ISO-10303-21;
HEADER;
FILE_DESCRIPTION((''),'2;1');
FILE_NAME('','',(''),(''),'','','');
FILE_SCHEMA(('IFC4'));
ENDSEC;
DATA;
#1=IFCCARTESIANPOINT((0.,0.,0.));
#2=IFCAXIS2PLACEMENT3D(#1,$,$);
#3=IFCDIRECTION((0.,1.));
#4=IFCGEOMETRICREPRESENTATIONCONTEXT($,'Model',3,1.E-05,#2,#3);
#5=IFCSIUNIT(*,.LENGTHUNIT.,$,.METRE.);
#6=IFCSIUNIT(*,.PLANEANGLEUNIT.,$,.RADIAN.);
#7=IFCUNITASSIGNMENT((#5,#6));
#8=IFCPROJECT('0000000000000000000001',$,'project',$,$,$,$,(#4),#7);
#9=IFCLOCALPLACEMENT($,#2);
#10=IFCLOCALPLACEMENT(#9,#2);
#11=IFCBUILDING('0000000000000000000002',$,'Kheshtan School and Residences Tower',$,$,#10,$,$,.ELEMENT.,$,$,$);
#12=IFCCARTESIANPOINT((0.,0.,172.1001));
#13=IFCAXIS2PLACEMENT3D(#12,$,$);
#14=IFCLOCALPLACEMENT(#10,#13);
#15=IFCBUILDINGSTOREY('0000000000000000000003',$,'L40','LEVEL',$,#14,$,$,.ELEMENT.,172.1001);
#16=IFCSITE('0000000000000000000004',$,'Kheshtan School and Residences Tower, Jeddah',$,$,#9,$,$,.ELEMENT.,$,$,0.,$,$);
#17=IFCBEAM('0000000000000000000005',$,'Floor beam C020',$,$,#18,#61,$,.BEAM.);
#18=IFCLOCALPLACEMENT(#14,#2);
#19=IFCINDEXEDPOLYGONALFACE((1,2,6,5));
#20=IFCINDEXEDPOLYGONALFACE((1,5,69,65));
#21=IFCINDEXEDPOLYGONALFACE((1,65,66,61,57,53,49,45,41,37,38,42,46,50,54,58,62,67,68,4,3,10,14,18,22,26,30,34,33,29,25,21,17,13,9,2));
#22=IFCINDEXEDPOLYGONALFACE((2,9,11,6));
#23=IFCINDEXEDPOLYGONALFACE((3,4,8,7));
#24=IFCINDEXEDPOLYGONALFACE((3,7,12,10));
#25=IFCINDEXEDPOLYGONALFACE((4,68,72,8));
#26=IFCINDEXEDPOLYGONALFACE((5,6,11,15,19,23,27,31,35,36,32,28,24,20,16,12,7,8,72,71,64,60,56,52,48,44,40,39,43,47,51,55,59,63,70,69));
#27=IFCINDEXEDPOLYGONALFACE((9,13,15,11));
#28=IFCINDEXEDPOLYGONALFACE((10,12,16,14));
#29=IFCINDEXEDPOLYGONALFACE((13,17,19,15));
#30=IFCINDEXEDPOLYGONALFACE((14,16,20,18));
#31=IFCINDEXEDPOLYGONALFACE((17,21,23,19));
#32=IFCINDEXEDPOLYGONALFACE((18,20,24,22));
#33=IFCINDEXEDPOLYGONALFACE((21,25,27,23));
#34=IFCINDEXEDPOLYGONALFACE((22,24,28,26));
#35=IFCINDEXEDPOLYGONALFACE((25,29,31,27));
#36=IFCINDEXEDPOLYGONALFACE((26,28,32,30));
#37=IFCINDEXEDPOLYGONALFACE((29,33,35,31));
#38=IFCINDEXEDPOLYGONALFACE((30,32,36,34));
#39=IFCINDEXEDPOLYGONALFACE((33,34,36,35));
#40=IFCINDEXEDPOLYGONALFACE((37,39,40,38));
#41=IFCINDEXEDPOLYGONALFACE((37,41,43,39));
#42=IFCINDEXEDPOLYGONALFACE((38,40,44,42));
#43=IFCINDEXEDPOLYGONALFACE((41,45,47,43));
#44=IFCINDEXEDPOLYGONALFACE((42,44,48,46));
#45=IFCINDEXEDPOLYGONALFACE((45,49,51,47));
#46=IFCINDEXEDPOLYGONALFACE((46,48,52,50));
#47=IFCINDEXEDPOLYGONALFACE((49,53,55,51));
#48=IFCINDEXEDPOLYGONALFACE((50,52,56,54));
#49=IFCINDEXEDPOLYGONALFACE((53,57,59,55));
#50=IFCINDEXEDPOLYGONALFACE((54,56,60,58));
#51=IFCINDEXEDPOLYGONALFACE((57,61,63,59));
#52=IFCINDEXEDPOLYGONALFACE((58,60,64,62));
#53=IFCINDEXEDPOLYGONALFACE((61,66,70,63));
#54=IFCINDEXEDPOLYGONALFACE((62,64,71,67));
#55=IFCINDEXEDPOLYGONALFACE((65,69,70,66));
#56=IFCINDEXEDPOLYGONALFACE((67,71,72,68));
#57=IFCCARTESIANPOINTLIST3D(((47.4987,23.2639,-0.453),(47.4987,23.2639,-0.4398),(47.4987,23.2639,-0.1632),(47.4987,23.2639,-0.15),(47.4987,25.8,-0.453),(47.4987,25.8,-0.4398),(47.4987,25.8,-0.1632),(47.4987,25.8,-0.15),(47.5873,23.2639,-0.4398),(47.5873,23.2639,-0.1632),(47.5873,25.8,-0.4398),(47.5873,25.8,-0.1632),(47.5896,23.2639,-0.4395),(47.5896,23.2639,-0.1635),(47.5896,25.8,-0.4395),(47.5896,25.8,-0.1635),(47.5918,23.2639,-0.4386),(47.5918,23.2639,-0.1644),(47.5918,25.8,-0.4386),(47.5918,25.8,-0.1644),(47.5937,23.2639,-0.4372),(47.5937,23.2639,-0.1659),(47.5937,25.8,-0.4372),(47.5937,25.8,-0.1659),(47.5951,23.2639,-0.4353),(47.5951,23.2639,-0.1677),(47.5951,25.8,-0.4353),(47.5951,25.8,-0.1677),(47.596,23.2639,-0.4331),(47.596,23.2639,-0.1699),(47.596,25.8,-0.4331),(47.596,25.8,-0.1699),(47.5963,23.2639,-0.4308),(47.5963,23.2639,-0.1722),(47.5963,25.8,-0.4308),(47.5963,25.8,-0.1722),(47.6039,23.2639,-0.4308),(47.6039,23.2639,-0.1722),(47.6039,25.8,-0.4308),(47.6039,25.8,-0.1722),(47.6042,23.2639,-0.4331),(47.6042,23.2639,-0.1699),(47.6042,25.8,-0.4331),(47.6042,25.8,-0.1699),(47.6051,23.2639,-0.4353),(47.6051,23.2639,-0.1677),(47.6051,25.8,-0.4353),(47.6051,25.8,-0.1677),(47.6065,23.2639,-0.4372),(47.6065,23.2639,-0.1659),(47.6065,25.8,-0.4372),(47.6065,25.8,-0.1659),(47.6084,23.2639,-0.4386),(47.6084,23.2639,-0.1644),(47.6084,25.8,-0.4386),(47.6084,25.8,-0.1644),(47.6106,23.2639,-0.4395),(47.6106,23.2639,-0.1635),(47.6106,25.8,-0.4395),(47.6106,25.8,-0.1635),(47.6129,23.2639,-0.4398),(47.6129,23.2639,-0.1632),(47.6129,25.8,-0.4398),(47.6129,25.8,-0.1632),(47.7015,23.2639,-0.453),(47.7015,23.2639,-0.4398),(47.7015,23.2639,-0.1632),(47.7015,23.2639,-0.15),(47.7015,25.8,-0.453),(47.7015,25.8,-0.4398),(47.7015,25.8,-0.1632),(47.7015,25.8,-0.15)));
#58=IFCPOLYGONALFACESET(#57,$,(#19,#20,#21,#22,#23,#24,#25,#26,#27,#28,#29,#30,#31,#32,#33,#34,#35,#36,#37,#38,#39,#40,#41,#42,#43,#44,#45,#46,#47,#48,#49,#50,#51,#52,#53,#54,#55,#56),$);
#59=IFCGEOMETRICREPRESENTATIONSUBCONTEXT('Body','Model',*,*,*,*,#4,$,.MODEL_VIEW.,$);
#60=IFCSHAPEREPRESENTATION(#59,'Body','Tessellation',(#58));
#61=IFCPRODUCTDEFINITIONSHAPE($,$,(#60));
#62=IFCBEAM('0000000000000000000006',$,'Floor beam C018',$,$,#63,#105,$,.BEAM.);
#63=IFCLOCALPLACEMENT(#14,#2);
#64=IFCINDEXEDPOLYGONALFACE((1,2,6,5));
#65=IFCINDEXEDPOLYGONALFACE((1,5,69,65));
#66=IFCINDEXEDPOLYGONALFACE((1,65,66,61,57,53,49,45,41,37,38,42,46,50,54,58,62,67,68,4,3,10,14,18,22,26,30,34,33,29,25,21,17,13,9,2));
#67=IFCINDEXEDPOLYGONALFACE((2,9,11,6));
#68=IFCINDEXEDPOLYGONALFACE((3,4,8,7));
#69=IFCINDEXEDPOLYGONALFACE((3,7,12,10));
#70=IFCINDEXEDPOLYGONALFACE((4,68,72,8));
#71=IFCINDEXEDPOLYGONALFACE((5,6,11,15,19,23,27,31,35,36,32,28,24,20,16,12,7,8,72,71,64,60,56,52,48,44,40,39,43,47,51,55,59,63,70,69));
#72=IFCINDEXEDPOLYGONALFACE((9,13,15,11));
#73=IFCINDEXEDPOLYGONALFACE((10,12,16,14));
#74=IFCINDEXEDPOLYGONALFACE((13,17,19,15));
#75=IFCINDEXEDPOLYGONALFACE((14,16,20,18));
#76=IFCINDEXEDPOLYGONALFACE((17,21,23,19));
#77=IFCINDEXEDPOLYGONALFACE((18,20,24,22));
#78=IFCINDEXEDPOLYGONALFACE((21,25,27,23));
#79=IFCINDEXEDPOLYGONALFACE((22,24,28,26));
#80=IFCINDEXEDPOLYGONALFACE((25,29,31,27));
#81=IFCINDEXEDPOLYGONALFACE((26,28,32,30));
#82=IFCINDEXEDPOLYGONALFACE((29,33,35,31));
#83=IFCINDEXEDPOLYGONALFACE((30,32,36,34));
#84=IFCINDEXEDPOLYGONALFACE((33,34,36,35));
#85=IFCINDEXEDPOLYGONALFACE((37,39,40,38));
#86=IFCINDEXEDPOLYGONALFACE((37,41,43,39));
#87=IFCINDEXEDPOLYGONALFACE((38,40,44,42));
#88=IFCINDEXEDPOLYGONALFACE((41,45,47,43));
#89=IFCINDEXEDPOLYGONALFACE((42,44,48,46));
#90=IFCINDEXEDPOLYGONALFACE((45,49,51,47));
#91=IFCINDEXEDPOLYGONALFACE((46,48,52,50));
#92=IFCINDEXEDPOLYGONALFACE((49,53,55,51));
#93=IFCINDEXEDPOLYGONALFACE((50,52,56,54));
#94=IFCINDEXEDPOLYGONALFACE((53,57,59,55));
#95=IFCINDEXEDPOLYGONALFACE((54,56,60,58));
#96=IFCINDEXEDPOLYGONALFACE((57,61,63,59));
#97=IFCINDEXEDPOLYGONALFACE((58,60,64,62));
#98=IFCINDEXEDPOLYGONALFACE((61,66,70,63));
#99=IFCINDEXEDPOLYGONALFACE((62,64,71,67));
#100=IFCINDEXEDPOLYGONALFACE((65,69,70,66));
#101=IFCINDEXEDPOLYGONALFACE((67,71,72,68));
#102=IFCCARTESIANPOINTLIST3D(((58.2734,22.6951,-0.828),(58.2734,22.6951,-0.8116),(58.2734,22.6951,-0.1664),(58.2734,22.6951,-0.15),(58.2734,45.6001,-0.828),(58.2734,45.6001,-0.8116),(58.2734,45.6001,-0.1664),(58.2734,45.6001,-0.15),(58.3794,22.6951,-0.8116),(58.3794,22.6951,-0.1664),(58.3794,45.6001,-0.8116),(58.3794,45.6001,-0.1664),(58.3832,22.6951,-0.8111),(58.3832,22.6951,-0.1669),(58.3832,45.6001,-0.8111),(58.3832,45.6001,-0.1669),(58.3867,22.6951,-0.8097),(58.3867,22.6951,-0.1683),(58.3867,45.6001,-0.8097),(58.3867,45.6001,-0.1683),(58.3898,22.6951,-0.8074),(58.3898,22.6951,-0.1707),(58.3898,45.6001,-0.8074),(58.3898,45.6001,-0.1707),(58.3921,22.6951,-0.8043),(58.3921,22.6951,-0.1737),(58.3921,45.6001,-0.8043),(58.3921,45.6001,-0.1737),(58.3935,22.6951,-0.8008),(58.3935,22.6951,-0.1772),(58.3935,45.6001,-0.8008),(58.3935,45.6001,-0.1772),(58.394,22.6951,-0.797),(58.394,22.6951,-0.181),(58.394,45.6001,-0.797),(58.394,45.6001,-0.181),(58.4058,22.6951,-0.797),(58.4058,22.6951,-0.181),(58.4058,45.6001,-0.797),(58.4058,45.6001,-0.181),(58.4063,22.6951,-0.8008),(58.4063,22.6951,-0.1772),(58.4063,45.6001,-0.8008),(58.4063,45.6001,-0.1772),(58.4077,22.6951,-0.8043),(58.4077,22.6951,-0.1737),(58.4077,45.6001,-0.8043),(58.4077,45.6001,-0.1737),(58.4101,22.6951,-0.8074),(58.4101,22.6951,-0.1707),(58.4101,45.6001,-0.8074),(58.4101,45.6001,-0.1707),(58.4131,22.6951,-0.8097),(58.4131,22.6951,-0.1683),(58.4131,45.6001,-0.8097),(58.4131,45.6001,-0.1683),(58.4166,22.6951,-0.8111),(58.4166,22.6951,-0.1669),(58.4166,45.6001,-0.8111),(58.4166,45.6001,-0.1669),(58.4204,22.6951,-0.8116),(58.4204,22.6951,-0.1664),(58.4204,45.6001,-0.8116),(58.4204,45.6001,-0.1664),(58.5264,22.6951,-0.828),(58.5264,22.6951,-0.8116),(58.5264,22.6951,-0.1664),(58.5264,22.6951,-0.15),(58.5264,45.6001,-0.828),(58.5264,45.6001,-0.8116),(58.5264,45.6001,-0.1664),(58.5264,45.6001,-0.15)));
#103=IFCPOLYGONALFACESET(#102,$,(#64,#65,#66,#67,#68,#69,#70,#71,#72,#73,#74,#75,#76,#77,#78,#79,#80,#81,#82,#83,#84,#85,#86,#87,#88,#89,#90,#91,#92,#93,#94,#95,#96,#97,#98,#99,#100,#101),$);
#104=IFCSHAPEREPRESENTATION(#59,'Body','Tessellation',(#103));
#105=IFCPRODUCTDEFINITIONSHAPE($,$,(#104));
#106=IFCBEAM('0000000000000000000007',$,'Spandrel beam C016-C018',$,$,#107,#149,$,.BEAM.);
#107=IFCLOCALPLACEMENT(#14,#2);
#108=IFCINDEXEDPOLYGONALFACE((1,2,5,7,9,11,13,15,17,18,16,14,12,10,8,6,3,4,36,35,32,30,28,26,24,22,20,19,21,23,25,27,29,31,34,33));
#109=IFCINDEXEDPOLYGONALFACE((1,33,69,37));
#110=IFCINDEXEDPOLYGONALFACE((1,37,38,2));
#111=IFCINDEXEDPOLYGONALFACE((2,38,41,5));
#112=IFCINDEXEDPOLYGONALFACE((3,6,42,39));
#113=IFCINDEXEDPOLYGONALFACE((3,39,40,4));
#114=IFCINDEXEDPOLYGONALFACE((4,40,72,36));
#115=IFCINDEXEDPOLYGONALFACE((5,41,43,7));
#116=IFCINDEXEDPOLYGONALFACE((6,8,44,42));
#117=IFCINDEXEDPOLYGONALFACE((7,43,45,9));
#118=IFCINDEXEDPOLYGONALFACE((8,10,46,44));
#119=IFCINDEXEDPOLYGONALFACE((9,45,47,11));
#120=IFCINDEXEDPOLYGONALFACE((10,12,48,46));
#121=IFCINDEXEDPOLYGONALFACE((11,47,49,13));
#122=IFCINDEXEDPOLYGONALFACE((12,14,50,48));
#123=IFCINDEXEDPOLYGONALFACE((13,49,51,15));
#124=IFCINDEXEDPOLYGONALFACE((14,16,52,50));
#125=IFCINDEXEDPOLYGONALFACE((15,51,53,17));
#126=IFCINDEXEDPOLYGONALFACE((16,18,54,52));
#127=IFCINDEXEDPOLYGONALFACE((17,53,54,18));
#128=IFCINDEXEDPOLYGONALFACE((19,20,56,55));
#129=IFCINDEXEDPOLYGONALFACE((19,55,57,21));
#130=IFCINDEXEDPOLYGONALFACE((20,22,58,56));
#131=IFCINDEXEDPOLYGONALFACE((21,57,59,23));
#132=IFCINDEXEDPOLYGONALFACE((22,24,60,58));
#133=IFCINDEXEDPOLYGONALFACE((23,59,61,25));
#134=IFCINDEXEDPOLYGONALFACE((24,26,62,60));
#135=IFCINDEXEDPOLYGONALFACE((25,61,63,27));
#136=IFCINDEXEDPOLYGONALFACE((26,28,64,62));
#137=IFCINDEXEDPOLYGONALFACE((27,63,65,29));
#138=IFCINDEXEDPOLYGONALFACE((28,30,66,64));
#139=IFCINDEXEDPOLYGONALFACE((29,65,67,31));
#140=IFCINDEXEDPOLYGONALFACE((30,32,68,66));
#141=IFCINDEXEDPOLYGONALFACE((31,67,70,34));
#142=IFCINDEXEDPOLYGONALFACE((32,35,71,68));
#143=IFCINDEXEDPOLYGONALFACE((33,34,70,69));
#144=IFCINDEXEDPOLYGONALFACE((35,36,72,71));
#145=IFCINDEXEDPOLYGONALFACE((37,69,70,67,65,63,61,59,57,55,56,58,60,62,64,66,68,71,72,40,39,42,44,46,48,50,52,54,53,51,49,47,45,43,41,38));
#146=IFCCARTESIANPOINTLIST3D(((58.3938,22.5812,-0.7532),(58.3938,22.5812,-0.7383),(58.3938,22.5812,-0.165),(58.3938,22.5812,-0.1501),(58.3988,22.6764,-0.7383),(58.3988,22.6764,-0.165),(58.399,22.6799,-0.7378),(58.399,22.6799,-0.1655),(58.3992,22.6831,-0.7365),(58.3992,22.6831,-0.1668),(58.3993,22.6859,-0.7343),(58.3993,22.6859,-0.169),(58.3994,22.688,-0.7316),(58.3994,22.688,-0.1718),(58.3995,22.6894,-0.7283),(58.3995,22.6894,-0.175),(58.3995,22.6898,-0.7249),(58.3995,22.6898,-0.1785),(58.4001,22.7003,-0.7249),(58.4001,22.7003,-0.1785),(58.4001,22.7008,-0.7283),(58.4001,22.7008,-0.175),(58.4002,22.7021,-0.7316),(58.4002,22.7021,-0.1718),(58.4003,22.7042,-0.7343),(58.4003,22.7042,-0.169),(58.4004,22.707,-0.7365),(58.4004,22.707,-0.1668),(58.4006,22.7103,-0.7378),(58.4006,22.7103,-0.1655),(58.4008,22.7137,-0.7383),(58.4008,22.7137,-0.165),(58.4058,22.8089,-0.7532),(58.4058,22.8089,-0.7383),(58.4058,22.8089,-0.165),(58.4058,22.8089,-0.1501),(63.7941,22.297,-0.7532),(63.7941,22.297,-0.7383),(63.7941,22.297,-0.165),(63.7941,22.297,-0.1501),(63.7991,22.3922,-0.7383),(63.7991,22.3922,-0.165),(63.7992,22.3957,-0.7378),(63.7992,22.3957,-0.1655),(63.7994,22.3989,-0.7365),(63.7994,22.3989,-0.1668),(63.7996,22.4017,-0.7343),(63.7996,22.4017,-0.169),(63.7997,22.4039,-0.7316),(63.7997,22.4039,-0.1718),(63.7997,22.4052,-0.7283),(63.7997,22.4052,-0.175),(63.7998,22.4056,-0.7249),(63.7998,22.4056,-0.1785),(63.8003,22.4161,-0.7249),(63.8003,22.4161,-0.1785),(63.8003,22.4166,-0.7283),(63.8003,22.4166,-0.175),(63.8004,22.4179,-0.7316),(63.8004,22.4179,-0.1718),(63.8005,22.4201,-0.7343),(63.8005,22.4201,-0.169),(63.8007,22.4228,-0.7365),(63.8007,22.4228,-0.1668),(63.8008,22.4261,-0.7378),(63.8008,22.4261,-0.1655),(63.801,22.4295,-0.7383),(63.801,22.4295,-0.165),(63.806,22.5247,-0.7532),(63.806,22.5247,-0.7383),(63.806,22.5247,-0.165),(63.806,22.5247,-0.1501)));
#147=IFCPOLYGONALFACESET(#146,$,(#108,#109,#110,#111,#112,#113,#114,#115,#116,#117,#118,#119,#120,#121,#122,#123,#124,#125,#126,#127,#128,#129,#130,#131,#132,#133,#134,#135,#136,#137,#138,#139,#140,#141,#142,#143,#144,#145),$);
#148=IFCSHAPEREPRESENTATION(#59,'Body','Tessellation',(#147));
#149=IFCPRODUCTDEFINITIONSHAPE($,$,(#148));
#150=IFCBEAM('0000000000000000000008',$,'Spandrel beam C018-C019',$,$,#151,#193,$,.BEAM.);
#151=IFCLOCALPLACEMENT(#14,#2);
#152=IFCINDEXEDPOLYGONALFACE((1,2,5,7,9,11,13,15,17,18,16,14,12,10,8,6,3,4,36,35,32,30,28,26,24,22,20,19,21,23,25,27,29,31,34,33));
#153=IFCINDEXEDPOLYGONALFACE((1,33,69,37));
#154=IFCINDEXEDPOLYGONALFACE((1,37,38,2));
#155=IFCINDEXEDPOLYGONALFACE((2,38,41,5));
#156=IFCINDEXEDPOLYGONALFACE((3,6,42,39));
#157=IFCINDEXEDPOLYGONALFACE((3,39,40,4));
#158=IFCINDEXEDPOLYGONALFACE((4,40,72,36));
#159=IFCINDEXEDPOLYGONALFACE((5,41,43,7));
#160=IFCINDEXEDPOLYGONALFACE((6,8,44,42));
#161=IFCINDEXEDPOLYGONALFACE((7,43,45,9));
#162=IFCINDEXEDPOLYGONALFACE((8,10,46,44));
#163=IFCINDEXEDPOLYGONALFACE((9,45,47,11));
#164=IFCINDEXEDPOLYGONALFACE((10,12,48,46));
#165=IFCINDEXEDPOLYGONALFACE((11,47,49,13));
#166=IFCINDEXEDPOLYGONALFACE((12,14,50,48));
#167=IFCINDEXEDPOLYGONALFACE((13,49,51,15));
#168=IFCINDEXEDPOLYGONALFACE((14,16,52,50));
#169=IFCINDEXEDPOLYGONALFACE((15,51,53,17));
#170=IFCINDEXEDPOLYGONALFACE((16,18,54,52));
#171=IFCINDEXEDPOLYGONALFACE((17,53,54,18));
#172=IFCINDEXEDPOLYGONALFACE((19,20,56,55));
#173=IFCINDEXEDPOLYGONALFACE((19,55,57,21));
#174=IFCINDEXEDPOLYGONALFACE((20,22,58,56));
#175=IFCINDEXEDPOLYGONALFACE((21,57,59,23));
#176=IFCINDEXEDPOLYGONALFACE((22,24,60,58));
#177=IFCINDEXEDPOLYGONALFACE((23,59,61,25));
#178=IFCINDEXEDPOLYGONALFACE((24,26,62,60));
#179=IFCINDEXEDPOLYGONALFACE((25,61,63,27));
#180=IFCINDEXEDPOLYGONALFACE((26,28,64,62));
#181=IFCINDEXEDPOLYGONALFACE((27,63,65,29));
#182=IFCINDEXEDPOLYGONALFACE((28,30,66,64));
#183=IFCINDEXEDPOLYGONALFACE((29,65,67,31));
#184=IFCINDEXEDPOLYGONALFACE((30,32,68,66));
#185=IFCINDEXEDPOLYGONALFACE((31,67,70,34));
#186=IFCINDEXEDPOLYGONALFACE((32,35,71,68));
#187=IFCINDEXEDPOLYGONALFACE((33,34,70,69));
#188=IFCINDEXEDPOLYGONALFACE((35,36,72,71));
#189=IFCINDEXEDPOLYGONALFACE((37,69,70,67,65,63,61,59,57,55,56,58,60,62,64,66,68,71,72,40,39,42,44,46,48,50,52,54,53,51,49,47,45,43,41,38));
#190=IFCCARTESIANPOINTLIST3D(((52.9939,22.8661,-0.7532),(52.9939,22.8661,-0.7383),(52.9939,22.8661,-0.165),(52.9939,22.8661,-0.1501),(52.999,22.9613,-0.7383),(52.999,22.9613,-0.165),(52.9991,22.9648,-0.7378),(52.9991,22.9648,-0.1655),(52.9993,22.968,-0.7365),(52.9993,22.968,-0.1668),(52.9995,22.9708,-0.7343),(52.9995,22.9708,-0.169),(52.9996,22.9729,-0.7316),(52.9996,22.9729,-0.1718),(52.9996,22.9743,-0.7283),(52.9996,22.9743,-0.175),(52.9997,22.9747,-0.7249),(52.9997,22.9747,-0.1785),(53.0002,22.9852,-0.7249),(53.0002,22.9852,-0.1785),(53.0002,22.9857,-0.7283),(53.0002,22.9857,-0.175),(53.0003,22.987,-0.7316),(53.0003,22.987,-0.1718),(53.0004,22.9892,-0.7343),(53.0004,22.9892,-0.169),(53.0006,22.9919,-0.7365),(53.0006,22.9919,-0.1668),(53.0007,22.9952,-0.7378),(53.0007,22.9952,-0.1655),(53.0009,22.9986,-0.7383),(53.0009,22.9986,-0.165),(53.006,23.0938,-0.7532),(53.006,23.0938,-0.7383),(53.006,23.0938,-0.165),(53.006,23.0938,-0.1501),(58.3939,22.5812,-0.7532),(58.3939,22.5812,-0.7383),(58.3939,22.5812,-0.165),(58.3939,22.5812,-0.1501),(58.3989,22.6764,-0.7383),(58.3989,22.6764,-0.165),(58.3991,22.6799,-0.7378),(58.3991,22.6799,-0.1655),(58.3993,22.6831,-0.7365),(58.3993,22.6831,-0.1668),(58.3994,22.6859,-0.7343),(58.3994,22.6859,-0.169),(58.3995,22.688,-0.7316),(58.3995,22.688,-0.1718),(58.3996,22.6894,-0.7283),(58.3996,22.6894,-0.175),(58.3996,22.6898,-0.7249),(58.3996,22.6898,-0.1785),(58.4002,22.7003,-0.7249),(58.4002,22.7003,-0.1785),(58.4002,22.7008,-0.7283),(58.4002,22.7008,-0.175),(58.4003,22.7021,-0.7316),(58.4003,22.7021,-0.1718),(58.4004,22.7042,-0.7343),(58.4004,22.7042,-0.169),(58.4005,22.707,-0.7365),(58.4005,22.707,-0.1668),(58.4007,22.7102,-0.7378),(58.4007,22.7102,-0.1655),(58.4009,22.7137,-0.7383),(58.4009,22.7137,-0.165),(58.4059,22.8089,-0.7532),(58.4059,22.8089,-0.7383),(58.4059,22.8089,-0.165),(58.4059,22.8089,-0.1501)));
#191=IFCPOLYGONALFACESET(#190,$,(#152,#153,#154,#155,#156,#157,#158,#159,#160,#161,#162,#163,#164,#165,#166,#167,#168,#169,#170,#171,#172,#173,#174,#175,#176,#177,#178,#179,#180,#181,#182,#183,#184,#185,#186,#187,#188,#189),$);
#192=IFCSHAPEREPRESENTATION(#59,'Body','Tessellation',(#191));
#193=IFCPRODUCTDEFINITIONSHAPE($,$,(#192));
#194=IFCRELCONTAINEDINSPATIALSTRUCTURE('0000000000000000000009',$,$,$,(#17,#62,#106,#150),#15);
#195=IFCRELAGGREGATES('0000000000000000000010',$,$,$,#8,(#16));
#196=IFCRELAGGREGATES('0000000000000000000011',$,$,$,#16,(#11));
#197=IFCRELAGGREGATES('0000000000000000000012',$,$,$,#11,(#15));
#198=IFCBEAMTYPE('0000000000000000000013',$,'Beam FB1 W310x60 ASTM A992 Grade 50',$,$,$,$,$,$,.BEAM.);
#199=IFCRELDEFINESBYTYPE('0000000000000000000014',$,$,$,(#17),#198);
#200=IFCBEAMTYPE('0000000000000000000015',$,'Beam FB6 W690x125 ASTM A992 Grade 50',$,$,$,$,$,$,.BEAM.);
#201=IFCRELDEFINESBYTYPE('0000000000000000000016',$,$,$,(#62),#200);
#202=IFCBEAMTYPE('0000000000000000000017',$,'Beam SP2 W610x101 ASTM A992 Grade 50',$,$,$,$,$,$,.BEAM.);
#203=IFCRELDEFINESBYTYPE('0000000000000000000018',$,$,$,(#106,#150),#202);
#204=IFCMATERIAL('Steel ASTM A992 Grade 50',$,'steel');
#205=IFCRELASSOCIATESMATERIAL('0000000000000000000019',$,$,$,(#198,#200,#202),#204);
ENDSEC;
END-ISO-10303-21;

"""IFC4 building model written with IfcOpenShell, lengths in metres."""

from ifc_helpers import new_model, si_unit, direction, frame, origin, origin_2d, place, context, subcontext, project, spatial, i_section, extrude, material, material_profile, profile_set, type_object, element, save


model = new_model("IFC4")

# Units and contexts
model_context = context("Model", 3, precision=1e-05, world=origin(), true_north=direction((0.0, 1.0)))
body_context = subcontext(model_context, "Body", "Model", "MODEL_VIEW")
ifc_project = project(units=[si_unit("LENGTHUNIT", "METRE"), si_unit("PLANEANGLEUNIT", "RADIAN")], contexts=[model_context])

# Site, building, storey
site_placement = place(None, origin())
site = spatial("IfcSite", under=ifc_project, at=site_placement, Name="Kheshtan School and Residences Tower, Jeddah", CompositionType="ELEMENT", RefElevation=0.0)
building_placement = place(site_placement, origin())
building = spatial("IfcBuilding", under=site, at=building_placement, Name="Kheshtan School and Residences Tower", CompositionType="ELEMENT")
storey_placement = place(building_placement, frame((0.0, 0.0, 172.1001)))
storey = spatial("IfcBuildingStorey", under=building, at=storey_placement, Name="L40", Description="LEVEL", CompositionType="ELEMENT", Elevation=172.1001)

# Shared definitions
ifc_material_1 = material(Name="Steel ASTM A992 Grade 50", Category="steel")

# Beams
ifc_material_profile_1 = material_profile(ifc_material_1, i_section(OverallWidth=0.2029, OverallDepth=0.303, WebThickness=0.0076, FlangeThickness=0.0132, FilletRadius=0.009, at=origin_2d()), Name="W310x60")
ifc_profile_set_1 = profile_set([ifc_material_profile_1], Name="Steel ASTM A992 Grade 50")
beam_type_1 = type_object("IfcBeamType", Name="Beam FB1 W310x60 ASTM A992 Grade 50", PredefinedType="BEAM", material=ifc_profile_set_1)
beam_1_placement = place(storey_placement, frame((47.6001, 23.2639, -0.3015), z_axis=(0.0, 1.0, 0.0), x_axis=(-1.0, 0.0, 0.0)))
element("IfcBeam", 1, at=beam_1_placement, inside=storey, type_object=beam_type_1, Name="Floor beam C020", PredefinedType="BEAM", context=body_context, shape_type="SweptSolid", body=[
    extrude(i_section(OverallWidth=0.2029, OverallDepth=0.303, WebThickness=0.0076, FlangeThickness=0.0132, FilletRadius=0.009, at=origin_2d()), origin(), (0.0, 0.0, 1.0), 2.5361),
])
ifc_material_profile_2 = material_profile(ifc_material_1, i_section(OverallWidth=0.2529, OverallDepth=0.678, WebThickness=0.0117, FlangeThickness=0.0164, FilletRadius=0.0146, at=origin_2d()), Name="W690x125")
ifc_profile_set_2 = profile_set([ifc_material_profile_2], Name="Steel ASTM A992 Grade 50")
beam_type_2 = type_object("IfcBeamType", Name="Beam FB6 W690x125 ASTM A992 Grade 50", PredefinedType="BEAM", material=ifc_profile_set_2)
beam_2_placement = place(storey_placement, frame((58.3999, 22.6951, -0.489), z_axis=(0.0, 1.0, 0.0), x_axis=(-1.0, 0.0, 0.0)))
element("IfcBeam", 2, at=beam_2_placement, inside=storey, type_object=beam_type_2, Name="Floor beam C018", PredefinedType="BEAM", context=body_context, shape_type="SweptSolid", body=[
    extrude(i_section(OverallWidth=0.2529, OverallDepth=0.678, WebThickness=0.0117, FlangeThickness=0.0164, FilletRadius=0.0146, at=origin_2d()), origin(), (0.0, 0.0, 1.0), 22.905),
])
ifc_material_profile_3 = material_profile(ifc_material_1, i_section(OverallWidth=0.228, OverallDepth=0.603, WebThickness=0.0105, FlangeThickness=0.0149, FilletRadius=0.0134, at=origin_2d()), Name="W610x101")
ifc_profile_set_3 = profile_set([ifc_material_profile_3], Name="Steel ASTM A992 Grade 50")
beam_type_3 = type_object("IfcBeamType", Name="Beam SP2 W610x101 ASTM A992 Grade 50", PredefinedType="BEAM", material=ifc_profile_set_3)
beam_3_placement = place(storey_placement, frame((63.8, 22.4109, -0.4517), z_axis=(-0.998618, 0.052552, 0.0), x_axis=(-0.052552, -0.998618, 0.0)))
element("IfcBeam", 3, at=beam_3_placement, inside=storey, type_object=beam_type_3, Name="Spandrel beam C016-C018", PredefinedType="BEAM", context=body_context, shape_type="SweptSolid", body=[
    extrude(i_section(OverallWidth=0.228, OverallDepth=0.603, WebThickness=0.0105, FlangeThickness=0.0149, FilletRadius=0.0134, at=origin_2d()), origin(), (0.0, 0.0, 1.0), 5.4077),
])
for number, where, z_axis, x_axis, name in (
    (4, (58.3999, 22.6951, -0.4517), (-0.998611, 0.052689, 0.0), (-0.052689, -0.998611, 0.0), "Spandrel beam C018-C019"),
):
    element("IfcBeam", number, at=place(storey_placement, frame(where, z_axis=z_axis, x_axis=x_axis)), inside=storey, type_object=beam_type_3, Name=name, PredefinedType="BEAM", context=body_context, shape_type="SweptSolid", body=[
        extrude(i_section(OverallWidth=0.228, OverallDepth=0.603, WebThickness=0.0105, FlangeThickness=0.0149, FilletRadius=0.0134, at=origin_2d()), origin(), (0.0, 0.0, 1.0), 5.4075),
    ])

save(model, "model.ifc")
